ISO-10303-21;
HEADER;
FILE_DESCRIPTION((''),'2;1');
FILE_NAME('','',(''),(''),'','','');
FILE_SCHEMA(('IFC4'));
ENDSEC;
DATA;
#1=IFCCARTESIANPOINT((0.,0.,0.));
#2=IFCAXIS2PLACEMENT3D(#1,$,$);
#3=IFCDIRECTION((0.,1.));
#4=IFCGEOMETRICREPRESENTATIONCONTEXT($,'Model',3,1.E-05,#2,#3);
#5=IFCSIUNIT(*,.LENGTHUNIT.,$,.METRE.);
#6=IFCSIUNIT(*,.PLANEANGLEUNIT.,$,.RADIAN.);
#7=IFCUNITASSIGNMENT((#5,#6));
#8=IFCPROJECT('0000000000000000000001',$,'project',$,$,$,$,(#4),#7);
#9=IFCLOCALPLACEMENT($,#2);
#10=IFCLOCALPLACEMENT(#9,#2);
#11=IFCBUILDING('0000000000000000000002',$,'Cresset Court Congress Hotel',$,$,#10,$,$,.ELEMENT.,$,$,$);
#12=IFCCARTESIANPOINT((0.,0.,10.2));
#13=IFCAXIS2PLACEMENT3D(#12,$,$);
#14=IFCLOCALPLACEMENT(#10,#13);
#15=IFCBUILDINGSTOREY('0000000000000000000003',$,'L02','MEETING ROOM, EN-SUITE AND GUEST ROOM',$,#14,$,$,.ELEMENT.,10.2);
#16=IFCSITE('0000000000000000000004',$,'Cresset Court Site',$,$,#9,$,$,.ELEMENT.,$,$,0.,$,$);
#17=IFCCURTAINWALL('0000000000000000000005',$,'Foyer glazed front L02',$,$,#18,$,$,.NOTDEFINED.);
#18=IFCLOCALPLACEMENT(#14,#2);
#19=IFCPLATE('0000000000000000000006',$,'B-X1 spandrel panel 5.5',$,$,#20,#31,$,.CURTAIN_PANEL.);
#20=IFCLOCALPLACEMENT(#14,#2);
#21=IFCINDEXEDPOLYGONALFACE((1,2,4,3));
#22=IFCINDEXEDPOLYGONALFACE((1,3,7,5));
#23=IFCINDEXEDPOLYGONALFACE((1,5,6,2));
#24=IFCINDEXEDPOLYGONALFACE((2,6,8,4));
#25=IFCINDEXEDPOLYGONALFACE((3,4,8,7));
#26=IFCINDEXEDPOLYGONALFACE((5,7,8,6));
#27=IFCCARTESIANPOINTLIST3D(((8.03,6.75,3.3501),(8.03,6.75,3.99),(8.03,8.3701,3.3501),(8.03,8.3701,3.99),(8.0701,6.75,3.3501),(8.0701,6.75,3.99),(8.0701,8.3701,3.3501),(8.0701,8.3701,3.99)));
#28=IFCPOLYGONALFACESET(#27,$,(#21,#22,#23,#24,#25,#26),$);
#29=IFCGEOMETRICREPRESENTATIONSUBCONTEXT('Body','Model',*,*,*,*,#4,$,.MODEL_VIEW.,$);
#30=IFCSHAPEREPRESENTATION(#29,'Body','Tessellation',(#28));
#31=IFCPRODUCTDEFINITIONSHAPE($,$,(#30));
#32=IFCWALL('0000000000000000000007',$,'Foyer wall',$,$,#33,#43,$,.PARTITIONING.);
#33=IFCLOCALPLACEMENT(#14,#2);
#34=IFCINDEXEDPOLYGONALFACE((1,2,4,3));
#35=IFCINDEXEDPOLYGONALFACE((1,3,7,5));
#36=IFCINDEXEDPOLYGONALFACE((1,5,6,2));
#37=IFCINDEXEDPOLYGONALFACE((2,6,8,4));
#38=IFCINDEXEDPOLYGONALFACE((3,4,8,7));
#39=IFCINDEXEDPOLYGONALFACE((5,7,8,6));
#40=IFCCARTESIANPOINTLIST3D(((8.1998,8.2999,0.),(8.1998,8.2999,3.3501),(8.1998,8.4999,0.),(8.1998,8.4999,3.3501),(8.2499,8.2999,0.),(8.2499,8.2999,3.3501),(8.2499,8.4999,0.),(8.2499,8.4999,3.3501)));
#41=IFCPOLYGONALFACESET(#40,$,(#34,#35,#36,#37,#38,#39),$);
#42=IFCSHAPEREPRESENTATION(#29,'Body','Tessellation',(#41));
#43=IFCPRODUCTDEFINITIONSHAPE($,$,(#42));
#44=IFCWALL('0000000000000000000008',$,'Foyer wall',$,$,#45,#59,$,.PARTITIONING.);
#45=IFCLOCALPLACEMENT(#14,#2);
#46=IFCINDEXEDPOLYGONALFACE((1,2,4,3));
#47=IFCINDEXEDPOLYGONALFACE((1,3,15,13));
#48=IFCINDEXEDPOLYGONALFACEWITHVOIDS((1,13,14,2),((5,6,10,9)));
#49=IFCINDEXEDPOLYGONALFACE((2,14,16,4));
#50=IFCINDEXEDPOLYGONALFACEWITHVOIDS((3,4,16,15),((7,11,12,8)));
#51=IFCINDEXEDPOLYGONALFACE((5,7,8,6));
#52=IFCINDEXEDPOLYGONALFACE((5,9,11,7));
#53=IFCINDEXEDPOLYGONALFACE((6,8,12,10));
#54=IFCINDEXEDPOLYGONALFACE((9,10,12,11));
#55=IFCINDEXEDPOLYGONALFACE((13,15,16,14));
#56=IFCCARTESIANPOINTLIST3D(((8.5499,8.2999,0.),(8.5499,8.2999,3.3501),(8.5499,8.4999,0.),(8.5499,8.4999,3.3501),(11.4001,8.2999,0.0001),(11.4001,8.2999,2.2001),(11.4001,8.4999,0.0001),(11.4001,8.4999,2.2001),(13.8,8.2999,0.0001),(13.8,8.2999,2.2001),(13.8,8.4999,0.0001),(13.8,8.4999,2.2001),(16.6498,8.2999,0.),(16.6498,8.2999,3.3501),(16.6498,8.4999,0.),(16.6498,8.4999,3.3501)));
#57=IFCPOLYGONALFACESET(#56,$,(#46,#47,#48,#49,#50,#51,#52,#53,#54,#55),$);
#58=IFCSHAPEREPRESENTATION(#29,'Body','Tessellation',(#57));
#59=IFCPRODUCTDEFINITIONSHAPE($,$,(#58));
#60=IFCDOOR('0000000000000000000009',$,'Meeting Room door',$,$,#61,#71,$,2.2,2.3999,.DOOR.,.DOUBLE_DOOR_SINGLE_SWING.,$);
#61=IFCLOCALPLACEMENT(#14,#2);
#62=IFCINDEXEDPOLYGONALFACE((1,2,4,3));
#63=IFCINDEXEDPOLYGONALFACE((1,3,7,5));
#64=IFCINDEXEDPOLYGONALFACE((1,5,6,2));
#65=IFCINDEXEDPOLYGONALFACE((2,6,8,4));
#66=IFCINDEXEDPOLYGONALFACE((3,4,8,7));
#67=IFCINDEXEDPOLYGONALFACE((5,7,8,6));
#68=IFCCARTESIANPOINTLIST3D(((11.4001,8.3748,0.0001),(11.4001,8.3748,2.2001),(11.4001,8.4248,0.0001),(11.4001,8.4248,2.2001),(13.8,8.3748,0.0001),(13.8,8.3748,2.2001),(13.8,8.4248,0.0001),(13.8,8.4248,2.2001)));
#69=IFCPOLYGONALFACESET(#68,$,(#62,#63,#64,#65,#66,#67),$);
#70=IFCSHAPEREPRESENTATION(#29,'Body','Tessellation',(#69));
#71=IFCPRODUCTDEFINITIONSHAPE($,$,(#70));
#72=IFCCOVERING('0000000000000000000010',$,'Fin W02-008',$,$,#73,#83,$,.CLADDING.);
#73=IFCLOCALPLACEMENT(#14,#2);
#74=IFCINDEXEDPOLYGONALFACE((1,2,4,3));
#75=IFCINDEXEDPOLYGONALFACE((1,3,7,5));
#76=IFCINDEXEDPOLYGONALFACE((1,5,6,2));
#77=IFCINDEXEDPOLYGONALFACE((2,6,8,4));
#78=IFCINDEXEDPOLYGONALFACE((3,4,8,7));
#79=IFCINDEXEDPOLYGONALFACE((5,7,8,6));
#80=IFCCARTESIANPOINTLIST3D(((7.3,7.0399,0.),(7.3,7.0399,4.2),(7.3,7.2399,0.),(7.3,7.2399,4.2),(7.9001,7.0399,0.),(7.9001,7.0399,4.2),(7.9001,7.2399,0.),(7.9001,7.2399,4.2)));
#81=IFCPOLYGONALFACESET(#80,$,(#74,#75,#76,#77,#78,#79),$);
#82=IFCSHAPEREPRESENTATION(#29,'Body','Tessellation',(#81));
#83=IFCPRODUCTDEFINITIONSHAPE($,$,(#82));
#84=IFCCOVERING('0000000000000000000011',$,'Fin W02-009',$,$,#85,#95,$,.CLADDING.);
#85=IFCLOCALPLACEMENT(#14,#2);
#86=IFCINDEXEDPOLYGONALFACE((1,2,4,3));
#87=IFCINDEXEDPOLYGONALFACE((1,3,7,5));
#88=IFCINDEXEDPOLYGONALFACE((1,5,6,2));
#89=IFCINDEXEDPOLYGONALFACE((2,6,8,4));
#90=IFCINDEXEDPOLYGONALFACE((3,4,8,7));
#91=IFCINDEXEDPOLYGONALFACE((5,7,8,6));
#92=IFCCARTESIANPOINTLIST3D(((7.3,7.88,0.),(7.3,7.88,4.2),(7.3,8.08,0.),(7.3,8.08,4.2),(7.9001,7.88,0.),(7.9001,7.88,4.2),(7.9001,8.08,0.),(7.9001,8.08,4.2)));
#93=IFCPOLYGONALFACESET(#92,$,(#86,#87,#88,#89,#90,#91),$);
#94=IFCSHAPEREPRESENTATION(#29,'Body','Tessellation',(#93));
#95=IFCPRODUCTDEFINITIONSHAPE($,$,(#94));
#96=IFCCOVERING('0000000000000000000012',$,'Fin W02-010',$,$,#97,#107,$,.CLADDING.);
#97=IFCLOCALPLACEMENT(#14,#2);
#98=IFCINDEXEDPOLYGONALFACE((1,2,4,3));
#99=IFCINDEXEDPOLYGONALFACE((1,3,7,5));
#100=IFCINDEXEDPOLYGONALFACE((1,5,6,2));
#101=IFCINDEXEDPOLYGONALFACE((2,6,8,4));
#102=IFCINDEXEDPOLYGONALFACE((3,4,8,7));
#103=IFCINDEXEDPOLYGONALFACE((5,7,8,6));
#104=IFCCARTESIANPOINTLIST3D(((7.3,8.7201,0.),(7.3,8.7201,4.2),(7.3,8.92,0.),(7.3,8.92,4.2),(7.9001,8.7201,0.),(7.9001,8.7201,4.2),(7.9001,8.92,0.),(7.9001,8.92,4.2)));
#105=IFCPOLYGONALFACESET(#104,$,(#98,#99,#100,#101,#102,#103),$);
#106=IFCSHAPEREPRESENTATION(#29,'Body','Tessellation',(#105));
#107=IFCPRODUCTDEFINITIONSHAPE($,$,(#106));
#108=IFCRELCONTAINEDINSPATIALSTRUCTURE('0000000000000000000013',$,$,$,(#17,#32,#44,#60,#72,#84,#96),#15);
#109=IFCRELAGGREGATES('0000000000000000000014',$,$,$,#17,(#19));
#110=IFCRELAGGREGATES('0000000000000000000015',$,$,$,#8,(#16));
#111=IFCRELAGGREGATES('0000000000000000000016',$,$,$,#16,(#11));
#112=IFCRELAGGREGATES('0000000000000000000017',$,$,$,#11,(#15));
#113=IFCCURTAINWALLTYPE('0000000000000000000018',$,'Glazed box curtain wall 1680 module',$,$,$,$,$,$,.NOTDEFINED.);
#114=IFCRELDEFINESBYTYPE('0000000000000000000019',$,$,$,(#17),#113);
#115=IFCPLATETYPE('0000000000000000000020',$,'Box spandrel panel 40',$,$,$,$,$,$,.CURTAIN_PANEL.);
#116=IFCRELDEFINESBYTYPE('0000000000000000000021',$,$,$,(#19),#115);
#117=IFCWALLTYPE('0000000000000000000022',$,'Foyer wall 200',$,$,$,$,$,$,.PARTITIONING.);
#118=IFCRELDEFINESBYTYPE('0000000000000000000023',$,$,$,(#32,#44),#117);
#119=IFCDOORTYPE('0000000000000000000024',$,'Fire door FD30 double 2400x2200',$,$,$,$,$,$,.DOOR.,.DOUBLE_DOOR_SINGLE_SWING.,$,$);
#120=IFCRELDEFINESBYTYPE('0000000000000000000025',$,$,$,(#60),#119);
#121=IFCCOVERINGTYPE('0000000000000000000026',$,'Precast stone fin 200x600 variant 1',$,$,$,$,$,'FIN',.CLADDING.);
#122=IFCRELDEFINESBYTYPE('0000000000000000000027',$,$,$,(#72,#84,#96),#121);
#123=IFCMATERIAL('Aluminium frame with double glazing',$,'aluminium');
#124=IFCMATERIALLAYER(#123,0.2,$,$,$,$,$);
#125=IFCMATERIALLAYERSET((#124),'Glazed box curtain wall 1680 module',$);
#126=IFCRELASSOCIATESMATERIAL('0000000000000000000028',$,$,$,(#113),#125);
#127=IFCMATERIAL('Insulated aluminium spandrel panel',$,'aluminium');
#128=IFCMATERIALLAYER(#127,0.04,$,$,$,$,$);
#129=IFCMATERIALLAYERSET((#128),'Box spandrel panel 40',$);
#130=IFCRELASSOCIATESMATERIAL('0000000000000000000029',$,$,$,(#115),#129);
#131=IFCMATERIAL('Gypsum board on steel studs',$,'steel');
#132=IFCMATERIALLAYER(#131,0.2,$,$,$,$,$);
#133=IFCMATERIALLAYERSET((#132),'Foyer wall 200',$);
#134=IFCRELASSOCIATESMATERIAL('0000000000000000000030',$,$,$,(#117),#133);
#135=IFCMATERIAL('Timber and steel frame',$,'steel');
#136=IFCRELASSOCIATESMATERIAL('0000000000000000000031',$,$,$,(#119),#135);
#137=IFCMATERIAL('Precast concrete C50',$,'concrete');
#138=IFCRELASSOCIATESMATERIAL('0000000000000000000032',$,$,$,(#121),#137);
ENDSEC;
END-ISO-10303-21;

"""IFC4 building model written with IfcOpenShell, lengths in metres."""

from ifc_helpers import new_model, si_unit, direction, frame, frame_2d, origin, origin_2d, place, context, subcontext, project, spatial, rectangle, extrude, material, layer, layer_set, type_object, element, fill, aggregate, save


model = new_model("IFC4")

# Units and contexts
model_context = context("Model", 3, precision=1e-05, world=origin(), true_north=direction((0.0, 1.0)))
body_context = subcontext(model_context, "Body", "Model", "MODEL_VIEW")
ifc_project = project(units=[si_unit("LENGTHUNIT", "METRE"), si_unit("PLANEANGLEUNIT", "RADIAN")], contexts=[model_context])

# Site, building, storey
site_placement = place(None, origin())
site = spatial("IfcSite", under=ifc_project, at=site_placement, Name="Cresset Court Site", CompositionType="ELEMENT", RefElevation=0.0)
building_placement = place(site_placement, origin())
building = spatial("IfcBuilding", under=site, at=building_placement, Name="Cresset Court Congress Hotel", CompositionType="ELEMENT")
storey_placement = place(building_placement, frame((0.0, 0.0, 10.2)))
storey = spatial("IfcBuildingStorey", under=building, at=storey_placement, Name="L02", Description="MEETING ROOM, EN-SUITE AND GUEST ROOM", CompositionType="ELEMENT", Elevation=10.2)

# Curtain wall
ifc_material_1 = material(Name="Aluminium frame with double glazing", Category="aluminium")
ifc_layer_1 = layer(ifc_material_1, 0.2)
ifc_layer_set_1 = layer_set([ifc_layer_1], Name="Glazed box curtain wall 1680 module")
curtain_wall_type = type_object("IfcCurtainWallType", Name="Glazed box curtain wall 1680 module", PredefinedType="NOTDEFINED", material=ifc_layer_set_1)
curtain_wall_placement = place(storey_placement, origin())
curtain_wall = element("IfcCurtainWall", 1, at=curtain_wall_placement, inside=storey, type_object=curtain_wall_type, Name="Foyer glazed front L02", PredefinedType="NOTDEFINED")

# Plate
ifc_material_2 = material(Name="Insulated aluminium spandrel panel", Category="aluminium")
ifc_layer_2 = layer(ifc_material_2, 0.04)
ifc_layer_set_2 = layer_set([ifc_layer_2], Name="Box spandrel panel 40")
plate_type_1 = type_object("IfcPlateType", Name="Box spandrel panel 40", PredefinedType="CURTAIN_PANEL", material=ifc_layer_set_2)
plate_1_placement = place(storey_placement, frame((8.05, 7.5601, 3.3501), z_axis=(0.0, 0.0, 1.0), x_axis=(0.0, 1.0, 0.0)))
plate_1 = element("IfcPlate", 2, at=plate_1_placement, type_object=plate_type_1, Name="B-X1 spandrel panel 5.5", PredefinedType="CURTAIN_PANEL", context=body_context, shape_type="SweptSolid", body=[
    extrude(rectangle(XDim=1.6201, YDim=0.04, at=origin_2d()), origin(), (0.0, 0.0, 1.0), 0.6399),
])
aggregate(curtain_wall, [plate_1])

# Wall
ifc_material_3 = material(Name="Gypsum board on steel studs", Category="steel")
ifc_layer_3 = layer(ifc_material_3, 0.2)
ifc_layer_set_3 = layer_set([ifc_layer_3], Name="Foyer wall 200")
wall_type = type_object("IfcWallType", Name="Foyer wall 200", PredefinedType="PARTITIONING", material=ifc_layer_set_3)
wall_1_placement = place(storey_placement, frame((8.2, 8.3999, 0.0), z_axis=(0.0, 0.0, 1.0), x_axis=(1.0, 0.0, 0.0)))
element("IfcWall", 3, at=wall_1_placement, inside=storey, type_object=wall_type, Name="Foyer wall", PredefinedType="PARTITIONING", context=body_context, shape_type="SweptSolid", body=[
    extrude(rectangle(XDim=0.05, YDim=0.2, at=frame_2d((0.0249, 0.0))), origin(), (0.0, 0.0, 1.0), 3.3501),
])

# Wall, opening, door
wall_2_placement = place(storey_placement, frame((8.55, 8.3999, 0.0), z_axis=(0.0, 0.0, 1.0), x_axis=(1.0, 0.0, 0.0)))
wall_2 = element("IfcWall", 4, at=wall_2_placement, inside=storey, type_object=wall_type, Name="Foyer wall", PredefinedType="PARTITIONING", context=body_context, shape_type="SweptSolid", body=[
    extrude(rectangle(XDim=8.0999, YDim=0.2, at=frame_2d((4.0498, 0.0))), origin(), (0.0, 0.0, 1.0), 3.3501),
])
opening_placement = place(wall_2_placement, frame((2.8501, 0.0, 0.0)))
opening = element("IfcOpeningElement", 5, at=opening_placement, cuts=wall_2, PredefinedType="OPENING", context=body_context, shape_type="SweptSolid", body=[
    extrude(rectangle(XDim=2.3999, YDim=2.2, at=frame_2d((1.2, 1.1001))), frame((0.0, 0.1099, 0.0), z_axis=(0.0, -1.0, 0.0), x_axis=(1.0, 0.0, 0.0)), (0.0, 0.0, 1.0), 0.22),
])
ifc_material_4 = material(Name="Timber and steel frame", Category="steel")
door_type = type_object("IfcDoorType", Name="Fire door FD30 double 2400x2200", OperationType="DOUBLE_DOOR_SINGLE_SWING", PredefinedType="DOOR", material=ifc_material_4)
door_placement = place(opening_placement, origin())
door = element("IfcDoor", 6, at=door_placement, inside=storey, type_object=door_type, Name="Meeting Room door", OperationType="DOUBLE_DOOR_SINGLE_SWING", OverallHeight=2.2, OverallWidth=2.3999, PredefinedType="DOOR", context=body_context, shape_type="SweptSolid", body=[
    extrude(rectangle(XDim=2.3999, YDim=2.2, at=frame_2d((1.2, 1.1001))), frame((0.0, 0.0249, 0.0), z_axis=(0.0, -1.0, 0.0), x_axis=(1.0, 0.0, 0.0)), (0.0, 0.0, 1.0), 0.05),
])
fill(opening, door)

# Coverings
ifc_material_5 = material(Name="Precast concrete C50", Category="concrete")
covering_type = type_object("IfcCoveringType", Name="Precast stone fin 200x600 variant 1", ElementType="FIN", PredefinedType="CLADDING", material=ifc_material_5)
for number, where, z_axis, x_axis, name in (
    (7, (7.6001, 7.1399, 0.0), (0.0, 0.0, 1.0), (1.0, 0.0, 0.0), "Fin W02-008"),
    (8, (7.6001, 7.98, 0.0), (0.0, 0.0, 1.0), (1.0, 0.0, 0.0), "Fin W02-009"),
    (9, (7.6001, 8.8201, 0.0), (0.0, 0.0, 1.0), (1.0, 0.0, 0.0), "Fin W02-010"),
):
    element("IfcCovering", number, at=place(storey_placement, frame(where, z_axis=z_axis, x_axis=x_axis)), inside=storey, type_object=covering_type, Name=name, PredefinedType="CLADDING", context=body_context, shape_type="SweptSolid", body=[
        extrude(rectangle(XDim=0.6001, YDim=0.2, at=origin_2d()), origin(), (0.0, 0.0, 1.0), 4.2),
    ])

save(model, "model.ifc")
